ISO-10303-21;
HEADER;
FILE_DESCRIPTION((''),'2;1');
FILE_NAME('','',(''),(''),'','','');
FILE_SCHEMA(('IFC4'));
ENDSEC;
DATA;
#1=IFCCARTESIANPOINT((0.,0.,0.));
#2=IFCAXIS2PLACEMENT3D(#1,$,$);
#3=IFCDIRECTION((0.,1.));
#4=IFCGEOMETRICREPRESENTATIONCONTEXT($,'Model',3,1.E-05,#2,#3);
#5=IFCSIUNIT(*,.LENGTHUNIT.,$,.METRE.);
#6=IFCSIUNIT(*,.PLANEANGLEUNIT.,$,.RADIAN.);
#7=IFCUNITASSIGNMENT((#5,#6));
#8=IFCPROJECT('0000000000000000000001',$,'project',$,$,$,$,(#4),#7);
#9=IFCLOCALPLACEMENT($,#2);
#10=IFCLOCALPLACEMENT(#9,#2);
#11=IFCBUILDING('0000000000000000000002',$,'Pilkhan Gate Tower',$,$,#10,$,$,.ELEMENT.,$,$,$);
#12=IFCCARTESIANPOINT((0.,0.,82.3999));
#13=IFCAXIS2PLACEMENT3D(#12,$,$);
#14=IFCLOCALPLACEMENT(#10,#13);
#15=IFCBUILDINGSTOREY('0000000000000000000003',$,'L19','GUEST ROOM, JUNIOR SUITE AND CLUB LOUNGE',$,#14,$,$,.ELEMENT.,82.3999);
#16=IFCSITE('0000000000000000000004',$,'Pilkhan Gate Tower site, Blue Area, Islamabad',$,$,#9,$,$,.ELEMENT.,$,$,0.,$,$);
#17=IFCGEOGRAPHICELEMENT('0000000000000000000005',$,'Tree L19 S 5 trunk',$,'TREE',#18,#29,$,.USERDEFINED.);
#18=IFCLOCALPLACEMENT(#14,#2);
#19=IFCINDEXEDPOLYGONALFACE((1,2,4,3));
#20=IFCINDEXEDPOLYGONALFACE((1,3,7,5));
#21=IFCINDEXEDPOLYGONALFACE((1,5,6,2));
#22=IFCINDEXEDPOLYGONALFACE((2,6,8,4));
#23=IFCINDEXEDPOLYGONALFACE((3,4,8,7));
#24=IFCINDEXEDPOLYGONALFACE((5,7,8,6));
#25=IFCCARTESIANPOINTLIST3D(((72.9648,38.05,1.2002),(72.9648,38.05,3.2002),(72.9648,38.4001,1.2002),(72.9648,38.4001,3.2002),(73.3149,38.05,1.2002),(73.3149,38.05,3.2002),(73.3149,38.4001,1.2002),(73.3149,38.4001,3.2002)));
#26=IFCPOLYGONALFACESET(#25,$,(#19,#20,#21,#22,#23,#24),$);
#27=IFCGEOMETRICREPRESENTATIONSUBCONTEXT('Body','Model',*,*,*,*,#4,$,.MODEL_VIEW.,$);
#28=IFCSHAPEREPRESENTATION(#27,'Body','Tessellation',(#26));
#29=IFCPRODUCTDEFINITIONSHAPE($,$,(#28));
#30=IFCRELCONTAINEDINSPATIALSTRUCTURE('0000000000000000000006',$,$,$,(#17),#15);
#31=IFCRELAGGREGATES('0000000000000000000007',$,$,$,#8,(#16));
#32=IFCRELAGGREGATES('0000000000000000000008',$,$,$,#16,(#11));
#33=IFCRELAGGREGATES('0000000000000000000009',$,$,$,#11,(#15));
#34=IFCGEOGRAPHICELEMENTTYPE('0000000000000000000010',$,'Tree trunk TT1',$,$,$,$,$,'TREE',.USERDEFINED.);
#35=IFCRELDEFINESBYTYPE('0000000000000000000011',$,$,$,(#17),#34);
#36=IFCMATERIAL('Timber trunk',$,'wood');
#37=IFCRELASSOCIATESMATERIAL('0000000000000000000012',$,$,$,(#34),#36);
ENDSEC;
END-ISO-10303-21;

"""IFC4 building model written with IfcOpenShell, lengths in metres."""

from ifc_helpers import new_model, si_unit, direction, frame, origin, origin_2d, place, context, subcontext, project, spatial, rectangle, extrude, material, type_object, element, save


model = new_model("IFC4")

# Units and contexts
model_context = context("Model", 3, precision=1e-05, world=origin(), true_north=direction((0.0, 1.0)))
body_context = subcontext(model_context, "Body", "Model", "MODEL_VIEW")
ifc_project = project(units=[si_unit("LENGTHUNIT", "METRE"), si_unit("PLANEANGLEUNIT", "RADIAN")], contexts=[model_context])

# Site, building, storey
site_placement = place(None, origin())
site = spatial("IfcSite", under=ifc_project, at=site_placement, Name="Pilkhan Gate Tower site, Blue Area, Islamabad", CompositionType="ELEMENT", RefElevation=0.0)
building_placement = place(site_placement, origin())
building = spatial("IfcBuilding", under=site, at=building_placement, Name="Pilkhan Gate Tower", CompositionType="ELEMENT")
storey_placement = place(building_placement, frame((0.0, 0.0, 82.3999)))
storey = spatial("IfcBuildingStorey", under=building, at=storey_placement, Name="L19", Description="GUEST ROOM, JUNIOR SUITE AND CLUB LOUNGE", CompositionType="ELEMENT", Elevation=82.3999)

# Geographic element
ifc_material_1 = material(Name="Timber trunk", Category="wood")
geographic_element_type_1 = type_object("IfcGeographicElementType", Name="Tree trunk TT1", ElementType="TREE", PredefinedType="USERDEFINED", material=ifc_material_1)
for number, where, z_axis, x_axis, name in (
    (1, (73.1399, 38.2251, 1.2002), (0.0, 0.0, 1.0), (1.0, 0.0, 0.0), "Tree L19 S 5 trunk"),
):
    element("IfcGeographicElement", number, at=place(storey_placement, frame(where, z_axis=z_axis, x_axis=x_axis)), inside=storey, type_object=geographic_element_type_1, Name=name, ObjectType="TREE", PredefinedType="USERDEFINED", context=body_context, shape_type="SweptSolid", body=[
        extrude(rectangle(XDim=0.3501, YDim=0.3501, at=origin_2d()), origin(), (0.0, 0.0, 1.0), 2.0),
    ])

save(model, "model.ifc")
